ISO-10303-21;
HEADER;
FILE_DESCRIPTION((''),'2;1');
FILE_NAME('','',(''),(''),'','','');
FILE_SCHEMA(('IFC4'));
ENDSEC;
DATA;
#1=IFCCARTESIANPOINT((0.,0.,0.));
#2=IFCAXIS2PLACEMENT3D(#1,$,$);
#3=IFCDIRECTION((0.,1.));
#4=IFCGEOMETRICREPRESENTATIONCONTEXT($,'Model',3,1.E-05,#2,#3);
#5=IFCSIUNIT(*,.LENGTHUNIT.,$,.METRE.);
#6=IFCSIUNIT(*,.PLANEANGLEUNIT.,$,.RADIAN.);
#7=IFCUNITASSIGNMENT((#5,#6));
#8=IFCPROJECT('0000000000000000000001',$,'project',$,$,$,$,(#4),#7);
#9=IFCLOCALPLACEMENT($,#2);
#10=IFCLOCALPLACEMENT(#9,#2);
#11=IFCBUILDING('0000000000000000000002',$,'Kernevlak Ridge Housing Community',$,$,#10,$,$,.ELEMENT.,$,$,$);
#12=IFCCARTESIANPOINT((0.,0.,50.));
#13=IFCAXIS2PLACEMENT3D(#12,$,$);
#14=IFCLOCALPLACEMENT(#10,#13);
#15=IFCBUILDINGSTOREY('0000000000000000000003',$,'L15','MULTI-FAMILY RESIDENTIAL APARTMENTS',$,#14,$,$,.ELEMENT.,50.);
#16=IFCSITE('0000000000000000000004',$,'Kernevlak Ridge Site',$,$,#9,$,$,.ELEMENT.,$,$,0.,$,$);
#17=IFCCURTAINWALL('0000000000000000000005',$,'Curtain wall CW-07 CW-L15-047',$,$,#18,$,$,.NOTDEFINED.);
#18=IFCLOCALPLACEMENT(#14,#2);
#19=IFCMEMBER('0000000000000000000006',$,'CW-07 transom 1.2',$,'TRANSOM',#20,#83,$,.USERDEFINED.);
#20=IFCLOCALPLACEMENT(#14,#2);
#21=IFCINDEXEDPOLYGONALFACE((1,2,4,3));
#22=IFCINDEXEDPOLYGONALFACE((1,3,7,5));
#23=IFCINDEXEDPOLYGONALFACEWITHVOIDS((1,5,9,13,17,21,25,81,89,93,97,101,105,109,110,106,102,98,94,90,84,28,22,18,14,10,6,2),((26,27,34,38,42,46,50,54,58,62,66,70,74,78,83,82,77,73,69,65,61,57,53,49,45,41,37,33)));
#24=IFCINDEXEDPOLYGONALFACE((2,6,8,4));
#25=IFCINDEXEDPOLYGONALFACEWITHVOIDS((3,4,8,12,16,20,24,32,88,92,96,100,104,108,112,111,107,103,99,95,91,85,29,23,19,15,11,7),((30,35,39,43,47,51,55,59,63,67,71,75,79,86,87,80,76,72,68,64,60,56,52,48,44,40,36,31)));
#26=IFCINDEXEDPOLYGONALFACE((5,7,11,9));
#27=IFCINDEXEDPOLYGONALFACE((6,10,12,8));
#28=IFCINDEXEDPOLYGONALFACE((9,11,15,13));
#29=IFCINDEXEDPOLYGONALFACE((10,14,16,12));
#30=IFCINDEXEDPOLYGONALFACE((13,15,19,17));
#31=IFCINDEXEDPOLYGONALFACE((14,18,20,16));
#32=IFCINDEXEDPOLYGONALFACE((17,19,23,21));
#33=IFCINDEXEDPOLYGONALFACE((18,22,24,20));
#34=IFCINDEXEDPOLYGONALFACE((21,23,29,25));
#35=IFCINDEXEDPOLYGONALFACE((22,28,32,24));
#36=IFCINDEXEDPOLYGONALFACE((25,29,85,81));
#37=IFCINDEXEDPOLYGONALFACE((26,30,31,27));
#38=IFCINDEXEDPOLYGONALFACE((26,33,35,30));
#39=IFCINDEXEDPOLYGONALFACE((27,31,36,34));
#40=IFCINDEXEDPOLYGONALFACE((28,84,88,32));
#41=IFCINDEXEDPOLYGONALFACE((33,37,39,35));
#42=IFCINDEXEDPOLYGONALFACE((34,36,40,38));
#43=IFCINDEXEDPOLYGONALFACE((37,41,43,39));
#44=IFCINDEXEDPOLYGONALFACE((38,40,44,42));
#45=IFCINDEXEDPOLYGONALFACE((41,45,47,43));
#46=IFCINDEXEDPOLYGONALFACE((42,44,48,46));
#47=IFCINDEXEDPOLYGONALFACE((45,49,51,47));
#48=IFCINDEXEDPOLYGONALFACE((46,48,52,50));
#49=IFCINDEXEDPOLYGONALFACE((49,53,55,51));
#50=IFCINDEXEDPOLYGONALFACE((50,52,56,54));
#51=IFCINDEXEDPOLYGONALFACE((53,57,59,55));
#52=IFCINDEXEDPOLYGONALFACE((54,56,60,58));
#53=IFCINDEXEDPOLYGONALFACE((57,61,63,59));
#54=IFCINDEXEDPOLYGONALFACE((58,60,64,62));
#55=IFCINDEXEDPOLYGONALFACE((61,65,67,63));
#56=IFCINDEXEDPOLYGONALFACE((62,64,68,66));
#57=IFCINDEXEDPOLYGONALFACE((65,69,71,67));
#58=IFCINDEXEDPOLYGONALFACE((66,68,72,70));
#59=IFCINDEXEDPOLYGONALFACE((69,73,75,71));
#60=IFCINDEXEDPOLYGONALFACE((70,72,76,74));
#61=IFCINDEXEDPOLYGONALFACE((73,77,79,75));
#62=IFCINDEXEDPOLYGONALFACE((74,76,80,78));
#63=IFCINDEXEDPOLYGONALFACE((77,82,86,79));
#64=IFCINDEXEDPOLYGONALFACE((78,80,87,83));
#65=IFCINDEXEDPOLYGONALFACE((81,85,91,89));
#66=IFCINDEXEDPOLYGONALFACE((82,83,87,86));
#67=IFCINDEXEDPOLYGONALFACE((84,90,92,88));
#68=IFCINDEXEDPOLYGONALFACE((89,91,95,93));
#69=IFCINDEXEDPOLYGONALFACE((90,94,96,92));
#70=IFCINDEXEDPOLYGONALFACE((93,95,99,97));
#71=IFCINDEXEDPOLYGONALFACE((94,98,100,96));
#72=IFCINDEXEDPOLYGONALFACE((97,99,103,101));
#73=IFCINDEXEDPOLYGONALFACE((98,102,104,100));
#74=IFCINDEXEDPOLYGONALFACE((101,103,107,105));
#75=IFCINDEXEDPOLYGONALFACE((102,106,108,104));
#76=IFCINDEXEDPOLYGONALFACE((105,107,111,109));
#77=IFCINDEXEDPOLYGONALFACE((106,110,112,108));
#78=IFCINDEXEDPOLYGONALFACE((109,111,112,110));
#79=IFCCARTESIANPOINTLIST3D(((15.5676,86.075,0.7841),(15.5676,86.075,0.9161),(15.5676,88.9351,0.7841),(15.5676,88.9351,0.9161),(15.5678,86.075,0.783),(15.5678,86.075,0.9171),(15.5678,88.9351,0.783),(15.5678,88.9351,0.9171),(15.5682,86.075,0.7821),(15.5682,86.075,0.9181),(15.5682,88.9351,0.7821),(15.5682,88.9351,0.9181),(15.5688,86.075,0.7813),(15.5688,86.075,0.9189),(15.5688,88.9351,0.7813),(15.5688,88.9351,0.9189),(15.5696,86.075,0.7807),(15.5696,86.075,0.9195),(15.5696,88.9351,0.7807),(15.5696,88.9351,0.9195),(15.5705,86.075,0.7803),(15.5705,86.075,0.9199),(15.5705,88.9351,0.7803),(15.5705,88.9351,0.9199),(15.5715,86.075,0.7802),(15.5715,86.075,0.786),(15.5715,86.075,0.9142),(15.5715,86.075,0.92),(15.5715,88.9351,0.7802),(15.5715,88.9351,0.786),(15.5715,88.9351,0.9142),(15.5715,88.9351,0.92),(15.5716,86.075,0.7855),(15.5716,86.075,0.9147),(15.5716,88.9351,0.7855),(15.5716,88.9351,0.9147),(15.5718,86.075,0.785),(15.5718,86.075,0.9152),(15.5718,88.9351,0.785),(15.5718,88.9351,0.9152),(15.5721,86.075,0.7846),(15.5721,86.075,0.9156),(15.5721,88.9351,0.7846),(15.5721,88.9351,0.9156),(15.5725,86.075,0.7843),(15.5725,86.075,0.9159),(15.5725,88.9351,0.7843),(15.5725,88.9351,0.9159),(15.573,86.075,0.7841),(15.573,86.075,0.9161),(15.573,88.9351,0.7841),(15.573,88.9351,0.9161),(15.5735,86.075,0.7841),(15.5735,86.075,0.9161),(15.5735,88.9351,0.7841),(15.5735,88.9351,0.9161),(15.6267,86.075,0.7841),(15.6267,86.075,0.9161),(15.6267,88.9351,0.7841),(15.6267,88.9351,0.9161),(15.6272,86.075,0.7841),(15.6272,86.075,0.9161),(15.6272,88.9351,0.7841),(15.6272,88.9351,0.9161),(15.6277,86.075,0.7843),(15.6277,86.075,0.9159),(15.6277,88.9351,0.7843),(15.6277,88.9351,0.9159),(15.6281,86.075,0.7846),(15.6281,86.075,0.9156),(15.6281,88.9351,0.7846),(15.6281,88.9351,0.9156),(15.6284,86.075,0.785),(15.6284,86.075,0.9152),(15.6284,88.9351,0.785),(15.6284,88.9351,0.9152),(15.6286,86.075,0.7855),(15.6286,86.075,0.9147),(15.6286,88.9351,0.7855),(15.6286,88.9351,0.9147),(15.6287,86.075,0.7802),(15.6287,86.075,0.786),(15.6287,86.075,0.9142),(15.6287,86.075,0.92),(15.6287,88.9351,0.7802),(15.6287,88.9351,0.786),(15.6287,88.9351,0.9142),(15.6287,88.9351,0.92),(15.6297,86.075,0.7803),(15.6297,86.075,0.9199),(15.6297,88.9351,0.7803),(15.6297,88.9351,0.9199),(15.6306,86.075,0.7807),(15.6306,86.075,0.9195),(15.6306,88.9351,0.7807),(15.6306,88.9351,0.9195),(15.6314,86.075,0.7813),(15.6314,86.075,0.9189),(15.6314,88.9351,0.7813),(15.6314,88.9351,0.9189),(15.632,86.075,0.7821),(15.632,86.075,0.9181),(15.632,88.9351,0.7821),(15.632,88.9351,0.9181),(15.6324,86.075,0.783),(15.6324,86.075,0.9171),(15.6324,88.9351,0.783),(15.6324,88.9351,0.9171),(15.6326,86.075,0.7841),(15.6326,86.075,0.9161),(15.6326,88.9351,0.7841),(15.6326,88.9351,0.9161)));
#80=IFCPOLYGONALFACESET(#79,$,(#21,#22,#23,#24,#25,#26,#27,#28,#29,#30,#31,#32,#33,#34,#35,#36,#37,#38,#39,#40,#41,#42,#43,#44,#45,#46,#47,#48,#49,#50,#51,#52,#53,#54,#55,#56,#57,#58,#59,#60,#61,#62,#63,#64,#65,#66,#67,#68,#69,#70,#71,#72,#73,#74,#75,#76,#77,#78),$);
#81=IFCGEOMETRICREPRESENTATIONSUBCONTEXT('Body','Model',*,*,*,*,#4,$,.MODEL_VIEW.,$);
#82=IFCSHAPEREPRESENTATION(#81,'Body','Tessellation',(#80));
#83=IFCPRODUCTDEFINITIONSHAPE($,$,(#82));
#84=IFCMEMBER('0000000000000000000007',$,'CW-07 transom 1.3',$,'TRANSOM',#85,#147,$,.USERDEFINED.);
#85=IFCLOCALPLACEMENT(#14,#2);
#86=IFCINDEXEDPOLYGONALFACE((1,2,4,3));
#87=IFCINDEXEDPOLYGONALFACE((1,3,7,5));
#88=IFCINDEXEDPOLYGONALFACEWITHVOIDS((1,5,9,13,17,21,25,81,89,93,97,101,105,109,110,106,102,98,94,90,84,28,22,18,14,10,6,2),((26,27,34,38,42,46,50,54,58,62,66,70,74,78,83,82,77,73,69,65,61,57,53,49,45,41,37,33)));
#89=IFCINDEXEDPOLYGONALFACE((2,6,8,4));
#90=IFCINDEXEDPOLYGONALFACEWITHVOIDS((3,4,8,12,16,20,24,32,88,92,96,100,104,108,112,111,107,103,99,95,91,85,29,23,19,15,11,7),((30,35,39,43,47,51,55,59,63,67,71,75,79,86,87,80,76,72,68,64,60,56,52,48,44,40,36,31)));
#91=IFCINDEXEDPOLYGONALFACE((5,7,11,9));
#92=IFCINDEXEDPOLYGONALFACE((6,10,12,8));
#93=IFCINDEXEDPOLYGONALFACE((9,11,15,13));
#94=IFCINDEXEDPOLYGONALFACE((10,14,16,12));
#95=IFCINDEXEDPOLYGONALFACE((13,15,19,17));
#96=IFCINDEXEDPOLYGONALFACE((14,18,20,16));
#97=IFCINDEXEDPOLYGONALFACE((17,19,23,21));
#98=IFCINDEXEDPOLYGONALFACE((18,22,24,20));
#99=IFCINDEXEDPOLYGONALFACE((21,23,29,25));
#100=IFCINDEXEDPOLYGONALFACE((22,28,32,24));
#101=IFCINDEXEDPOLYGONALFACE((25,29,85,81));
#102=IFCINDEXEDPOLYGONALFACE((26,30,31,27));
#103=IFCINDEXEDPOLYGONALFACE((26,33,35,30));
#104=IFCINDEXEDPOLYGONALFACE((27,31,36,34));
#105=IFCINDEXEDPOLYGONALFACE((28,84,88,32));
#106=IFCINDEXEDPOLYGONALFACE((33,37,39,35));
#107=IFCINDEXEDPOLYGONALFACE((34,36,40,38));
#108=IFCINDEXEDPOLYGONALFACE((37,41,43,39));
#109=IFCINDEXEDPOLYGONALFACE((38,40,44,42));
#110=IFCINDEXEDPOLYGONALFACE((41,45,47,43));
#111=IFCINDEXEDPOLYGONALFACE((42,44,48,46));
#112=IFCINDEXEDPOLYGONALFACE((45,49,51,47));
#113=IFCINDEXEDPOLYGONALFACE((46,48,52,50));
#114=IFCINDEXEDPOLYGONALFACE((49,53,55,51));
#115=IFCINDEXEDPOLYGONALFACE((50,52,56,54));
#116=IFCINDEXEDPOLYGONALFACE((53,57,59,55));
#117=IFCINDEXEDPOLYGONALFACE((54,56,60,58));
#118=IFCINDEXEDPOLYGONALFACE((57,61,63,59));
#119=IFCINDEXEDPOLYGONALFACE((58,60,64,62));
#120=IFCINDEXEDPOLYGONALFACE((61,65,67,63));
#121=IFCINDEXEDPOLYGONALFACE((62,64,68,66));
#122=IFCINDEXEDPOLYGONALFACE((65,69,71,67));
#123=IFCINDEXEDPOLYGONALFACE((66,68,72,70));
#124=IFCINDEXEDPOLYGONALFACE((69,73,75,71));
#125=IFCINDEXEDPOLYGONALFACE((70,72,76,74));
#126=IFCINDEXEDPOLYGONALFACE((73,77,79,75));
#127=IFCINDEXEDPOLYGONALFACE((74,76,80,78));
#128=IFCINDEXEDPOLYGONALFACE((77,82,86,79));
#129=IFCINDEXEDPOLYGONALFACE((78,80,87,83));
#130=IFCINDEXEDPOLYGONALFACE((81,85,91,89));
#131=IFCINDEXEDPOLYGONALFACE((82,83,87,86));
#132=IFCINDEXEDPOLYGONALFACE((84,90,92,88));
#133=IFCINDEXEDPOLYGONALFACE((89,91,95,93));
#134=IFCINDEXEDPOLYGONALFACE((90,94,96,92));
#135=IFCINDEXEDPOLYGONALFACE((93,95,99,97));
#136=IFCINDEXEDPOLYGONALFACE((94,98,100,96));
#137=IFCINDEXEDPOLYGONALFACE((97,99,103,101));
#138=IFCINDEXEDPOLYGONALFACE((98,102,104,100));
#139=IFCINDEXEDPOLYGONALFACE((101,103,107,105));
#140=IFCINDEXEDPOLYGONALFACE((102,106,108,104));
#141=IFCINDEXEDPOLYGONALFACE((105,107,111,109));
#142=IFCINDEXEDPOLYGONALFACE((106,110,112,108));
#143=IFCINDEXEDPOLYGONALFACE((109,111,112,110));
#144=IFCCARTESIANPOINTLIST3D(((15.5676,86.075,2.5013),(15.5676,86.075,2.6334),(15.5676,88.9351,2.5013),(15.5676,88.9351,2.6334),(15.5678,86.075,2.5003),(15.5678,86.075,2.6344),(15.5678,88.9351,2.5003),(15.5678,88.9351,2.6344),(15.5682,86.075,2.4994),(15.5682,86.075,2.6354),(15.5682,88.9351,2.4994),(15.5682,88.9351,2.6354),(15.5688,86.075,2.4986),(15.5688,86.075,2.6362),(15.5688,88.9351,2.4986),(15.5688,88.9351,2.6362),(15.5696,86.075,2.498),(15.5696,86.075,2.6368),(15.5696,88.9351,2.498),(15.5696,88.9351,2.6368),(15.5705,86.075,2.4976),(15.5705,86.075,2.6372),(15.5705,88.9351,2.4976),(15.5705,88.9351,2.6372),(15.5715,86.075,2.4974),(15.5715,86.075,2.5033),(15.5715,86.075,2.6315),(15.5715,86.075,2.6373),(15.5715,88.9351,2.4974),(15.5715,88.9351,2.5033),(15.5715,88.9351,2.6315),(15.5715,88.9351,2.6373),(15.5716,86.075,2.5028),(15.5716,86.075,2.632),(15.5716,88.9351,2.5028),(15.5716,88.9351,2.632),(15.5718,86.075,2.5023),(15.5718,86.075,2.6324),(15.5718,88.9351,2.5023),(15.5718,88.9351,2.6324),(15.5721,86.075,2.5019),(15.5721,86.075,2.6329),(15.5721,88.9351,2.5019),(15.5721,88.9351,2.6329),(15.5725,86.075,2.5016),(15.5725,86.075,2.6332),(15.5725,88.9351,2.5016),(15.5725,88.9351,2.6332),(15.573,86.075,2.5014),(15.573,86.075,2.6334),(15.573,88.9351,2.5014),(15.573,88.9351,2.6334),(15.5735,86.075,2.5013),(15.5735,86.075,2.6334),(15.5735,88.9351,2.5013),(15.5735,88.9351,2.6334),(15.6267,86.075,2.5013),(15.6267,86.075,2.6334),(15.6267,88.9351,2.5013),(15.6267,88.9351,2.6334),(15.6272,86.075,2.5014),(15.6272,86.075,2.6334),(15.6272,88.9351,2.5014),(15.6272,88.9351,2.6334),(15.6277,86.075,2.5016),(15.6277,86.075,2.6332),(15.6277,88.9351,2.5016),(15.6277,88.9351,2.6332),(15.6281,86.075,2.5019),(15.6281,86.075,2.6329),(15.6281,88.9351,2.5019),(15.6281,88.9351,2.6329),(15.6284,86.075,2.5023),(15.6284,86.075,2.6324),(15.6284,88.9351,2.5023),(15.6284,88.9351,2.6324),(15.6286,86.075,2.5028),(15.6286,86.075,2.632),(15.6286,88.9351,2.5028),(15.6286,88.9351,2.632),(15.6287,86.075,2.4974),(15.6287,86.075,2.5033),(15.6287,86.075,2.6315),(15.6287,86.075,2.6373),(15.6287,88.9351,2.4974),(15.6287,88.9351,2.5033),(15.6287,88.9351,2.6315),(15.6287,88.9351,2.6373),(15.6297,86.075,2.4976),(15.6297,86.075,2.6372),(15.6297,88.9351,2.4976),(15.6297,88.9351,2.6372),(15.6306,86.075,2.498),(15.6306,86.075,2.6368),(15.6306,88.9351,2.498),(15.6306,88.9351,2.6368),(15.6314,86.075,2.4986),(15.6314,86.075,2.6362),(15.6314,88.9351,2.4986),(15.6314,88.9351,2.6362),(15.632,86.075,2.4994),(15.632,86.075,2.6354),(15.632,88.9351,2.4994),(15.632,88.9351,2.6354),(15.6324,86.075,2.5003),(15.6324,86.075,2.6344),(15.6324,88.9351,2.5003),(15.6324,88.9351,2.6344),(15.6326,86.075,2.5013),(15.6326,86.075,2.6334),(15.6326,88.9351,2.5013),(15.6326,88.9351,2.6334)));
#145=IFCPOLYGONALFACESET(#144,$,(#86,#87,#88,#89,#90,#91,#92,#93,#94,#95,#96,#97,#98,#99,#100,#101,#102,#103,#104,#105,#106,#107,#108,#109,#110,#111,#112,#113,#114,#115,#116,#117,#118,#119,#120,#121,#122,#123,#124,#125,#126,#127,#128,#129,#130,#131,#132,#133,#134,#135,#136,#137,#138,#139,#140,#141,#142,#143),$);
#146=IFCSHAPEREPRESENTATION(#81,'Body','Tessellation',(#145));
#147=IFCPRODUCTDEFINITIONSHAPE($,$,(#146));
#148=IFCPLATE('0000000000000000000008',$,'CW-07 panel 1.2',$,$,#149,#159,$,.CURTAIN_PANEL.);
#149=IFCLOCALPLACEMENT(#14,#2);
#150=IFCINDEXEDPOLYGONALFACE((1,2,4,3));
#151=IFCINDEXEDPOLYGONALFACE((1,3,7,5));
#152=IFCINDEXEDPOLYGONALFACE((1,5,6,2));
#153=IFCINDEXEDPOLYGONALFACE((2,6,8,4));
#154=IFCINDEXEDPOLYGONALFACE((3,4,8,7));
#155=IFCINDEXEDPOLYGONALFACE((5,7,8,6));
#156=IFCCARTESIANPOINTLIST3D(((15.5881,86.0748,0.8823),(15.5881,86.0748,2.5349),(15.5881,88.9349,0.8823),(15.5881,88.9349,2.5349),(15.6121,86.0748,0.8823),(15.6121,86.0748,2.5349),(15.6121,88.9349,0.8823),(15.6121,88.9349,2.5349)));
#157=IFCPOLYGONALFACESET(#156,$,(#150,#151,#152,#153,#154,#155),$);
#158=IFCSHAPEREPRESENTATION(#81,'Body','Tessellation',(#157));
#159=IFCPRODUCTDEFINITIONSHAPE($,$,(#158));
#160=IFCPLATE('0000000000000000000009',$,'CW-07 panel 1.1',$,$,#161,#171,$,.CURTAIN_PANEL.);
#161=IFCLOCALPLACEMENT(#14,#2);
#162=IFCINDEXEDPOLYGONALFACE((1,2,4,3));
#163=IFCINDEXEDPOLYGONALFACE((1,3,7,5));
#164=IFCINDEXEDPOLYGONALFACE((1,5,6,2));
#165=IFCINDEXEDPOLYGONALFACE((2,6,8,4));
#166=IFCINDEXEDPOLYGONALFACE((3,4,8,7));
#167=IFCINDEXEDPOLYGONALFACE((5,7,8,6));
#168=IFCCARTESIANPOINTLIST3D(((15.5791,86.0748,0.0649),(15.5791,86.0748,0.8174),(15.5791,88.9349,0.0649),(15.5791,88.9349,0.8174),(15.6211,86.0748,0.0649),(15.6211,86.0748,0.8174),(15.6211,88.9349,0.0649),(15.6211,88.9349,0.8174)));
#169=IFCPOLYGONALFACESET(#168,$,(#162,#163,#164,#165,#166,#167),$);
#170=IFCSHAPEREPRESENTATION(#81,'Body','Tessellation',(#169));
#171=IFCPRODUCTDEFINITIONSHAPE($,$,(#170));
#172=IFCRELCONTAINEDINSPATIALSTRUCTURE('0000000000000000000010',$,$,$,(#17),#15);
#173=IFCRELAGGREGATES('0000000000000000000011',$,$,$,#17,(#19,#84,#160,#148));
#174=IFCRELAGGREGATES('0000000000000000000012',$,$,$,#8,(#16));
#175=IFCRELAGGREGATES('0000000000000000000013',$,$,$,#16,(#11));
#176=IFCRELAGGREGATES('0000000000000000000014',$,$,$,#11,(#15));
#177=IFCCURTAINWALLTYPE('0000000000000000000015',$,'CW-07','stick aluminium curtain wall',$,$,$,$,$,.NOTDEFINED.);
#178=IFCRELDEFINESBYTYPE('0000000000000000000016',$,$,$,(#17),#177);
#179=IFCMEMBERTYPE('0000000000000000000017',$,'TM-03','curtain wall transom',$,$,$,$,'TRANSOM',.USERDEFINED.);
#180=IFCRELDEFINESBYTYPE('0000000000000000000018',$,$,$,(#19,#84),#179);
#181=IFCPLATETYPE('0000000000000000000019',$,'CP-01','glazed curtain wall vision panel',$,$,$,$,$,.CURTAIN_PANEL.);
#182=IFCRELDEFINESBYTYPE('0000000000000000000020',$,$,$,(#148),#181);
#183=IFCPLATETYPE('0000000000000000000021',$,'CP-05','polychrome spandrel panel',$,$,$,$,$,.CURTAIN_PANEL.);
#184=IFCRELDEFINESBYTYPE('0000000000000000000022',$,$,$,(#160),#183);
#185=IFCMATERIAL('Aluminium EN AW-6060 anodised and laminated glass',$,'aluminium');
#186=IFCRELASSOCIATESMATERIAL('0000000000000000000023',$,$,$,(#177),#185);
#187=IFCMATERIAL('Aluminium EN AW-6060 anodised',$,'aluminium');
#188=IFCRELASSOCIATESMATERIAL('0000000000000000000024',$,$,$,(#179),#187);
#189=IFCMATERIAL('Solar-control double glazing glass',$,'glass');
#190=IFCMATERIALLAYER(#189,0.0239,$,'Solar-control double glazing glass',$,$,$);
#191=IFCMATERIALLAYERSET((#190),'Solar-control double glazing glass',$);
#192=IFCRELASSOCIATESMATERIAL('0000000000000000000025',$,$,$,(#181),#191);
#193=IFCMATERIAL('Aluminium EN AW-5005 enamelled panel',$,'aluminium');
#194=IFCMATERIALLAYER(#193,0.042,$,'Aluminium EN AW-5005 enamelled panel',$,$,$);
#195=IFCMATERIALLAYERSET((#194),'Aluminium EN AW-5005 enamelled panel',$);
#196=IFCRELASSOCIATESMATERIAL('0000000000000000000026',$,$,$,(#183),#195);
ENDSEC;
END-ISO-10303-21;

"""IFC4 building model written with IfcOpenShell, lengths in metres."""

from ifc_helpers import new_model, si_unit, direction, frame, origin, origin_2d, place, context, subcontext, project, spatial, rectangle, hollow_rectangle, extrude, material, layer, layer_set, material_profile, profile_set, type_object, element, aggregate, save


model = new_model("IFC4")

# Units and contexts
model_context = context("Model", 3, precision=1e-05, world=origin(), true_north=direction((0.0, 1.0)))
body_context = subcontext(model_context, "Body", "Model", "MODEL_VIEW")
ifc_project = project(units=[si_unit("LENGTHUNIT", "METRE"), si_unit("PLANEANGLEUNIT", "RADIAN")], contexts=[model_context])

# Site, building, storey
site_placement = place(None, origin())
site = spatial("IfcSite", under=ifc_project, at=site_placement, Name="Kernevlak Ridge Site", CompositionType="ELEMENT", RefElevation=0.0)
building_placement = place(site_placement, origin())
building = spatial("IfcBuilding", under=site, at=building_placement, Name="Kernevlak Ridge Housing Community", CompositionType="ELEMENT")
storey_placement = place(building_placement, frame((0.0, 0.0, 50.0)))
storey = spatial("IfcBuildingStorey", under=building, at=storey_placement, Name="L15", Description="MULTI-FAMILY RESIDENTIAL APARTMENTS", CompositionType="ELEMENT", Elevation=50.0)

# Shared definitions
ifc_material_1 = material(Name="Aluminium EN AW-6060 anodised and laminated glass", Category="aluminium")
ifc_material_2 = material(Name="Aluminium EN AW-6060 anodised", Category="aluminium")

# Curtain wall
curtain_wall_type_1 = type_object("IfcCurtainWallType", Name="CW-07", Description="stick aluminium curtain wall", PredefinedType="NOTDEFINED", material=ifc_material_1)
curtain_wall_1_placement = place(storey_placement, origin())
curtain_wall_1 = element("IfcCurtainWall", 1, at=curtain_wall_1_placement, inside=storey, type_object=curtain_wall_type_1, Name="Curtain wall CW-07 CW-L15-047", PredefinedType="NOTDEFINED")

# Members
ifc_material_profile_1 = material_profile(ifc_material_2, hollow_rectangle(XDim=0.0649, YDim=0.1399, WallThickness=0.0039, InnerFilletRadius=0.002, OuterFilletRadius=0.0039, at=origin_2d()), Name="ALU 65x140x4")
ifc_profile_set_1 = profile_set([ifc_material_profile_1], Name="Aluminium EN AW-6060 anodised")
member_type_1 = type_object("IfcMemberType", Name="TM-03", Description="curtain wall transom", ElementType="TRANSOM", PredefinedType="USERDEFINED", material=ifc_profile_set_1)
member_1_placement = place(storey_placement, frame((15.6001, 86.075, 0.8501), z_axis=(0.0, 1.0, 0.0), x_axis=(-1.0, 0.0, 0.0)))
member_1 = element("IfcMember", 2, at=member_1_placement, type_object=member_type_1, Name="CW-07 transom 1.2", ObjectType="TRANSOM", PredefinedType="USERDEFINED", context=body_context, shape_type="SweptSolid", body=[
    extrude(hollow_rectangle(XDim=0.0649, YDim=0.1399, WallThickness=0.0039, InnerFilletRadius=0.002, OuterFilletRadius=0.0039, at=origin_2d()), origin(), (0.0, 0.0, 1.0), 2.8601),
])
member_2_placement = place(storey_placement, frame((15.6001, 86.075, 2.5674), z_axis=(0.0, 1.0, 0.0), x_axis=(-1.0, 0.0, 0.0)))
member_2 = element("IfcMember", 3, at=member_2_placement, type_object=member_type_1, Name="CW-07 transom 1.3", ObjectType="TRANSOM", PredefinedType="USERDEFINED", context=body_context, shape_type="SweptSolid", body=[
    extrude(hollow_rectangle(XDim=0.0649, YDim=0.1399, WallThickness=0.0039, InnerFilletRadius=0.002, OuterFilletRadius=0.0039, at=origin_2d()), origin(), (0.0, 0.0, 1.0), 2.8601),
])

# Plates
ifc_material_3 = material(Name="Solar-control double glazing glass", Category="glass")
ifc_layer_1 = layer(ifc_material_3, 0.0239, Name="Solar-control double glazing glass")
ifc_layer_set_1 = layer_set([ifc_layer_1], Name="Solar-control double glazing glass")
plate_type_1 = type_object("IfcPlateType", Name="CP-01", Description="glazed curtain wall vision panel", PredefinedType="CURTAIN_PANEL", material=ifc_layer_set_1)
plate_1_placement = place(storey_placement, frame((15.6001, 87.5049, 0.8823), z_axis=(0.0, 0.0, 1.0), x_axis=(0.0, 1.0, 0.0)))
plate_1 = element("IfcPlate", 4, at=plate_1_placement, type_object=plate_type_1, Name="CW-07 panel 1.2", PredefinedType="CURTAIN_PANEL", context=body_context, shape_type="SweptSolid", body=[
    extrude(rectangle(XDim=2.8601, YDim=0.0239, at=origin_2d()), origin(), (0.0, 0.0, 1.0), 1.6526),
])
ifc_material_4 = material(Name="Aluminium EN AW-5005 enamelled panel", Category="aluminium")
ifc_layer_2 = layer(ifc_material_4, 0.042, Name="Aluminium EN AW-5005 enamelled panel")
ifc_layer_set_2 = layer_set([ifc_layer_2], Name="Aluminium EN AW-5005 enamelled panel")
plate_type_2 = type_object("IfcPlateType", Name="CP-05", Description="polychrome spandrel panel", PredefinedType="CURTAIN_PANEL", material=ifc_layer_set_2)
plate_2_placement = place(storey_placement, frame((15.6001, 87.5049, 0.0649), z_axis=(0.0, 0.0, 1.0), x_axis=(0.0, 1.0, 0.0)))
plate_2 = element("IfcPlate", 5, at=plate_2_placement, type_object=plate_type_2, Name="CW-07 panel 1.1", PredefinedType="CURTAIN_PANEL", context=body_context, shape_type="SweptSolid", body=[
    extrude(rectangle(XDim=2.8601, YDim=0.042, at=origin_2d()), origin(), (0.0, 0.0, 1.0), 0.7524),
])
aggregate(curtain_wall_1, [member_1, member_2, plate_2, plate_1])

save(model, "model.ifc")
